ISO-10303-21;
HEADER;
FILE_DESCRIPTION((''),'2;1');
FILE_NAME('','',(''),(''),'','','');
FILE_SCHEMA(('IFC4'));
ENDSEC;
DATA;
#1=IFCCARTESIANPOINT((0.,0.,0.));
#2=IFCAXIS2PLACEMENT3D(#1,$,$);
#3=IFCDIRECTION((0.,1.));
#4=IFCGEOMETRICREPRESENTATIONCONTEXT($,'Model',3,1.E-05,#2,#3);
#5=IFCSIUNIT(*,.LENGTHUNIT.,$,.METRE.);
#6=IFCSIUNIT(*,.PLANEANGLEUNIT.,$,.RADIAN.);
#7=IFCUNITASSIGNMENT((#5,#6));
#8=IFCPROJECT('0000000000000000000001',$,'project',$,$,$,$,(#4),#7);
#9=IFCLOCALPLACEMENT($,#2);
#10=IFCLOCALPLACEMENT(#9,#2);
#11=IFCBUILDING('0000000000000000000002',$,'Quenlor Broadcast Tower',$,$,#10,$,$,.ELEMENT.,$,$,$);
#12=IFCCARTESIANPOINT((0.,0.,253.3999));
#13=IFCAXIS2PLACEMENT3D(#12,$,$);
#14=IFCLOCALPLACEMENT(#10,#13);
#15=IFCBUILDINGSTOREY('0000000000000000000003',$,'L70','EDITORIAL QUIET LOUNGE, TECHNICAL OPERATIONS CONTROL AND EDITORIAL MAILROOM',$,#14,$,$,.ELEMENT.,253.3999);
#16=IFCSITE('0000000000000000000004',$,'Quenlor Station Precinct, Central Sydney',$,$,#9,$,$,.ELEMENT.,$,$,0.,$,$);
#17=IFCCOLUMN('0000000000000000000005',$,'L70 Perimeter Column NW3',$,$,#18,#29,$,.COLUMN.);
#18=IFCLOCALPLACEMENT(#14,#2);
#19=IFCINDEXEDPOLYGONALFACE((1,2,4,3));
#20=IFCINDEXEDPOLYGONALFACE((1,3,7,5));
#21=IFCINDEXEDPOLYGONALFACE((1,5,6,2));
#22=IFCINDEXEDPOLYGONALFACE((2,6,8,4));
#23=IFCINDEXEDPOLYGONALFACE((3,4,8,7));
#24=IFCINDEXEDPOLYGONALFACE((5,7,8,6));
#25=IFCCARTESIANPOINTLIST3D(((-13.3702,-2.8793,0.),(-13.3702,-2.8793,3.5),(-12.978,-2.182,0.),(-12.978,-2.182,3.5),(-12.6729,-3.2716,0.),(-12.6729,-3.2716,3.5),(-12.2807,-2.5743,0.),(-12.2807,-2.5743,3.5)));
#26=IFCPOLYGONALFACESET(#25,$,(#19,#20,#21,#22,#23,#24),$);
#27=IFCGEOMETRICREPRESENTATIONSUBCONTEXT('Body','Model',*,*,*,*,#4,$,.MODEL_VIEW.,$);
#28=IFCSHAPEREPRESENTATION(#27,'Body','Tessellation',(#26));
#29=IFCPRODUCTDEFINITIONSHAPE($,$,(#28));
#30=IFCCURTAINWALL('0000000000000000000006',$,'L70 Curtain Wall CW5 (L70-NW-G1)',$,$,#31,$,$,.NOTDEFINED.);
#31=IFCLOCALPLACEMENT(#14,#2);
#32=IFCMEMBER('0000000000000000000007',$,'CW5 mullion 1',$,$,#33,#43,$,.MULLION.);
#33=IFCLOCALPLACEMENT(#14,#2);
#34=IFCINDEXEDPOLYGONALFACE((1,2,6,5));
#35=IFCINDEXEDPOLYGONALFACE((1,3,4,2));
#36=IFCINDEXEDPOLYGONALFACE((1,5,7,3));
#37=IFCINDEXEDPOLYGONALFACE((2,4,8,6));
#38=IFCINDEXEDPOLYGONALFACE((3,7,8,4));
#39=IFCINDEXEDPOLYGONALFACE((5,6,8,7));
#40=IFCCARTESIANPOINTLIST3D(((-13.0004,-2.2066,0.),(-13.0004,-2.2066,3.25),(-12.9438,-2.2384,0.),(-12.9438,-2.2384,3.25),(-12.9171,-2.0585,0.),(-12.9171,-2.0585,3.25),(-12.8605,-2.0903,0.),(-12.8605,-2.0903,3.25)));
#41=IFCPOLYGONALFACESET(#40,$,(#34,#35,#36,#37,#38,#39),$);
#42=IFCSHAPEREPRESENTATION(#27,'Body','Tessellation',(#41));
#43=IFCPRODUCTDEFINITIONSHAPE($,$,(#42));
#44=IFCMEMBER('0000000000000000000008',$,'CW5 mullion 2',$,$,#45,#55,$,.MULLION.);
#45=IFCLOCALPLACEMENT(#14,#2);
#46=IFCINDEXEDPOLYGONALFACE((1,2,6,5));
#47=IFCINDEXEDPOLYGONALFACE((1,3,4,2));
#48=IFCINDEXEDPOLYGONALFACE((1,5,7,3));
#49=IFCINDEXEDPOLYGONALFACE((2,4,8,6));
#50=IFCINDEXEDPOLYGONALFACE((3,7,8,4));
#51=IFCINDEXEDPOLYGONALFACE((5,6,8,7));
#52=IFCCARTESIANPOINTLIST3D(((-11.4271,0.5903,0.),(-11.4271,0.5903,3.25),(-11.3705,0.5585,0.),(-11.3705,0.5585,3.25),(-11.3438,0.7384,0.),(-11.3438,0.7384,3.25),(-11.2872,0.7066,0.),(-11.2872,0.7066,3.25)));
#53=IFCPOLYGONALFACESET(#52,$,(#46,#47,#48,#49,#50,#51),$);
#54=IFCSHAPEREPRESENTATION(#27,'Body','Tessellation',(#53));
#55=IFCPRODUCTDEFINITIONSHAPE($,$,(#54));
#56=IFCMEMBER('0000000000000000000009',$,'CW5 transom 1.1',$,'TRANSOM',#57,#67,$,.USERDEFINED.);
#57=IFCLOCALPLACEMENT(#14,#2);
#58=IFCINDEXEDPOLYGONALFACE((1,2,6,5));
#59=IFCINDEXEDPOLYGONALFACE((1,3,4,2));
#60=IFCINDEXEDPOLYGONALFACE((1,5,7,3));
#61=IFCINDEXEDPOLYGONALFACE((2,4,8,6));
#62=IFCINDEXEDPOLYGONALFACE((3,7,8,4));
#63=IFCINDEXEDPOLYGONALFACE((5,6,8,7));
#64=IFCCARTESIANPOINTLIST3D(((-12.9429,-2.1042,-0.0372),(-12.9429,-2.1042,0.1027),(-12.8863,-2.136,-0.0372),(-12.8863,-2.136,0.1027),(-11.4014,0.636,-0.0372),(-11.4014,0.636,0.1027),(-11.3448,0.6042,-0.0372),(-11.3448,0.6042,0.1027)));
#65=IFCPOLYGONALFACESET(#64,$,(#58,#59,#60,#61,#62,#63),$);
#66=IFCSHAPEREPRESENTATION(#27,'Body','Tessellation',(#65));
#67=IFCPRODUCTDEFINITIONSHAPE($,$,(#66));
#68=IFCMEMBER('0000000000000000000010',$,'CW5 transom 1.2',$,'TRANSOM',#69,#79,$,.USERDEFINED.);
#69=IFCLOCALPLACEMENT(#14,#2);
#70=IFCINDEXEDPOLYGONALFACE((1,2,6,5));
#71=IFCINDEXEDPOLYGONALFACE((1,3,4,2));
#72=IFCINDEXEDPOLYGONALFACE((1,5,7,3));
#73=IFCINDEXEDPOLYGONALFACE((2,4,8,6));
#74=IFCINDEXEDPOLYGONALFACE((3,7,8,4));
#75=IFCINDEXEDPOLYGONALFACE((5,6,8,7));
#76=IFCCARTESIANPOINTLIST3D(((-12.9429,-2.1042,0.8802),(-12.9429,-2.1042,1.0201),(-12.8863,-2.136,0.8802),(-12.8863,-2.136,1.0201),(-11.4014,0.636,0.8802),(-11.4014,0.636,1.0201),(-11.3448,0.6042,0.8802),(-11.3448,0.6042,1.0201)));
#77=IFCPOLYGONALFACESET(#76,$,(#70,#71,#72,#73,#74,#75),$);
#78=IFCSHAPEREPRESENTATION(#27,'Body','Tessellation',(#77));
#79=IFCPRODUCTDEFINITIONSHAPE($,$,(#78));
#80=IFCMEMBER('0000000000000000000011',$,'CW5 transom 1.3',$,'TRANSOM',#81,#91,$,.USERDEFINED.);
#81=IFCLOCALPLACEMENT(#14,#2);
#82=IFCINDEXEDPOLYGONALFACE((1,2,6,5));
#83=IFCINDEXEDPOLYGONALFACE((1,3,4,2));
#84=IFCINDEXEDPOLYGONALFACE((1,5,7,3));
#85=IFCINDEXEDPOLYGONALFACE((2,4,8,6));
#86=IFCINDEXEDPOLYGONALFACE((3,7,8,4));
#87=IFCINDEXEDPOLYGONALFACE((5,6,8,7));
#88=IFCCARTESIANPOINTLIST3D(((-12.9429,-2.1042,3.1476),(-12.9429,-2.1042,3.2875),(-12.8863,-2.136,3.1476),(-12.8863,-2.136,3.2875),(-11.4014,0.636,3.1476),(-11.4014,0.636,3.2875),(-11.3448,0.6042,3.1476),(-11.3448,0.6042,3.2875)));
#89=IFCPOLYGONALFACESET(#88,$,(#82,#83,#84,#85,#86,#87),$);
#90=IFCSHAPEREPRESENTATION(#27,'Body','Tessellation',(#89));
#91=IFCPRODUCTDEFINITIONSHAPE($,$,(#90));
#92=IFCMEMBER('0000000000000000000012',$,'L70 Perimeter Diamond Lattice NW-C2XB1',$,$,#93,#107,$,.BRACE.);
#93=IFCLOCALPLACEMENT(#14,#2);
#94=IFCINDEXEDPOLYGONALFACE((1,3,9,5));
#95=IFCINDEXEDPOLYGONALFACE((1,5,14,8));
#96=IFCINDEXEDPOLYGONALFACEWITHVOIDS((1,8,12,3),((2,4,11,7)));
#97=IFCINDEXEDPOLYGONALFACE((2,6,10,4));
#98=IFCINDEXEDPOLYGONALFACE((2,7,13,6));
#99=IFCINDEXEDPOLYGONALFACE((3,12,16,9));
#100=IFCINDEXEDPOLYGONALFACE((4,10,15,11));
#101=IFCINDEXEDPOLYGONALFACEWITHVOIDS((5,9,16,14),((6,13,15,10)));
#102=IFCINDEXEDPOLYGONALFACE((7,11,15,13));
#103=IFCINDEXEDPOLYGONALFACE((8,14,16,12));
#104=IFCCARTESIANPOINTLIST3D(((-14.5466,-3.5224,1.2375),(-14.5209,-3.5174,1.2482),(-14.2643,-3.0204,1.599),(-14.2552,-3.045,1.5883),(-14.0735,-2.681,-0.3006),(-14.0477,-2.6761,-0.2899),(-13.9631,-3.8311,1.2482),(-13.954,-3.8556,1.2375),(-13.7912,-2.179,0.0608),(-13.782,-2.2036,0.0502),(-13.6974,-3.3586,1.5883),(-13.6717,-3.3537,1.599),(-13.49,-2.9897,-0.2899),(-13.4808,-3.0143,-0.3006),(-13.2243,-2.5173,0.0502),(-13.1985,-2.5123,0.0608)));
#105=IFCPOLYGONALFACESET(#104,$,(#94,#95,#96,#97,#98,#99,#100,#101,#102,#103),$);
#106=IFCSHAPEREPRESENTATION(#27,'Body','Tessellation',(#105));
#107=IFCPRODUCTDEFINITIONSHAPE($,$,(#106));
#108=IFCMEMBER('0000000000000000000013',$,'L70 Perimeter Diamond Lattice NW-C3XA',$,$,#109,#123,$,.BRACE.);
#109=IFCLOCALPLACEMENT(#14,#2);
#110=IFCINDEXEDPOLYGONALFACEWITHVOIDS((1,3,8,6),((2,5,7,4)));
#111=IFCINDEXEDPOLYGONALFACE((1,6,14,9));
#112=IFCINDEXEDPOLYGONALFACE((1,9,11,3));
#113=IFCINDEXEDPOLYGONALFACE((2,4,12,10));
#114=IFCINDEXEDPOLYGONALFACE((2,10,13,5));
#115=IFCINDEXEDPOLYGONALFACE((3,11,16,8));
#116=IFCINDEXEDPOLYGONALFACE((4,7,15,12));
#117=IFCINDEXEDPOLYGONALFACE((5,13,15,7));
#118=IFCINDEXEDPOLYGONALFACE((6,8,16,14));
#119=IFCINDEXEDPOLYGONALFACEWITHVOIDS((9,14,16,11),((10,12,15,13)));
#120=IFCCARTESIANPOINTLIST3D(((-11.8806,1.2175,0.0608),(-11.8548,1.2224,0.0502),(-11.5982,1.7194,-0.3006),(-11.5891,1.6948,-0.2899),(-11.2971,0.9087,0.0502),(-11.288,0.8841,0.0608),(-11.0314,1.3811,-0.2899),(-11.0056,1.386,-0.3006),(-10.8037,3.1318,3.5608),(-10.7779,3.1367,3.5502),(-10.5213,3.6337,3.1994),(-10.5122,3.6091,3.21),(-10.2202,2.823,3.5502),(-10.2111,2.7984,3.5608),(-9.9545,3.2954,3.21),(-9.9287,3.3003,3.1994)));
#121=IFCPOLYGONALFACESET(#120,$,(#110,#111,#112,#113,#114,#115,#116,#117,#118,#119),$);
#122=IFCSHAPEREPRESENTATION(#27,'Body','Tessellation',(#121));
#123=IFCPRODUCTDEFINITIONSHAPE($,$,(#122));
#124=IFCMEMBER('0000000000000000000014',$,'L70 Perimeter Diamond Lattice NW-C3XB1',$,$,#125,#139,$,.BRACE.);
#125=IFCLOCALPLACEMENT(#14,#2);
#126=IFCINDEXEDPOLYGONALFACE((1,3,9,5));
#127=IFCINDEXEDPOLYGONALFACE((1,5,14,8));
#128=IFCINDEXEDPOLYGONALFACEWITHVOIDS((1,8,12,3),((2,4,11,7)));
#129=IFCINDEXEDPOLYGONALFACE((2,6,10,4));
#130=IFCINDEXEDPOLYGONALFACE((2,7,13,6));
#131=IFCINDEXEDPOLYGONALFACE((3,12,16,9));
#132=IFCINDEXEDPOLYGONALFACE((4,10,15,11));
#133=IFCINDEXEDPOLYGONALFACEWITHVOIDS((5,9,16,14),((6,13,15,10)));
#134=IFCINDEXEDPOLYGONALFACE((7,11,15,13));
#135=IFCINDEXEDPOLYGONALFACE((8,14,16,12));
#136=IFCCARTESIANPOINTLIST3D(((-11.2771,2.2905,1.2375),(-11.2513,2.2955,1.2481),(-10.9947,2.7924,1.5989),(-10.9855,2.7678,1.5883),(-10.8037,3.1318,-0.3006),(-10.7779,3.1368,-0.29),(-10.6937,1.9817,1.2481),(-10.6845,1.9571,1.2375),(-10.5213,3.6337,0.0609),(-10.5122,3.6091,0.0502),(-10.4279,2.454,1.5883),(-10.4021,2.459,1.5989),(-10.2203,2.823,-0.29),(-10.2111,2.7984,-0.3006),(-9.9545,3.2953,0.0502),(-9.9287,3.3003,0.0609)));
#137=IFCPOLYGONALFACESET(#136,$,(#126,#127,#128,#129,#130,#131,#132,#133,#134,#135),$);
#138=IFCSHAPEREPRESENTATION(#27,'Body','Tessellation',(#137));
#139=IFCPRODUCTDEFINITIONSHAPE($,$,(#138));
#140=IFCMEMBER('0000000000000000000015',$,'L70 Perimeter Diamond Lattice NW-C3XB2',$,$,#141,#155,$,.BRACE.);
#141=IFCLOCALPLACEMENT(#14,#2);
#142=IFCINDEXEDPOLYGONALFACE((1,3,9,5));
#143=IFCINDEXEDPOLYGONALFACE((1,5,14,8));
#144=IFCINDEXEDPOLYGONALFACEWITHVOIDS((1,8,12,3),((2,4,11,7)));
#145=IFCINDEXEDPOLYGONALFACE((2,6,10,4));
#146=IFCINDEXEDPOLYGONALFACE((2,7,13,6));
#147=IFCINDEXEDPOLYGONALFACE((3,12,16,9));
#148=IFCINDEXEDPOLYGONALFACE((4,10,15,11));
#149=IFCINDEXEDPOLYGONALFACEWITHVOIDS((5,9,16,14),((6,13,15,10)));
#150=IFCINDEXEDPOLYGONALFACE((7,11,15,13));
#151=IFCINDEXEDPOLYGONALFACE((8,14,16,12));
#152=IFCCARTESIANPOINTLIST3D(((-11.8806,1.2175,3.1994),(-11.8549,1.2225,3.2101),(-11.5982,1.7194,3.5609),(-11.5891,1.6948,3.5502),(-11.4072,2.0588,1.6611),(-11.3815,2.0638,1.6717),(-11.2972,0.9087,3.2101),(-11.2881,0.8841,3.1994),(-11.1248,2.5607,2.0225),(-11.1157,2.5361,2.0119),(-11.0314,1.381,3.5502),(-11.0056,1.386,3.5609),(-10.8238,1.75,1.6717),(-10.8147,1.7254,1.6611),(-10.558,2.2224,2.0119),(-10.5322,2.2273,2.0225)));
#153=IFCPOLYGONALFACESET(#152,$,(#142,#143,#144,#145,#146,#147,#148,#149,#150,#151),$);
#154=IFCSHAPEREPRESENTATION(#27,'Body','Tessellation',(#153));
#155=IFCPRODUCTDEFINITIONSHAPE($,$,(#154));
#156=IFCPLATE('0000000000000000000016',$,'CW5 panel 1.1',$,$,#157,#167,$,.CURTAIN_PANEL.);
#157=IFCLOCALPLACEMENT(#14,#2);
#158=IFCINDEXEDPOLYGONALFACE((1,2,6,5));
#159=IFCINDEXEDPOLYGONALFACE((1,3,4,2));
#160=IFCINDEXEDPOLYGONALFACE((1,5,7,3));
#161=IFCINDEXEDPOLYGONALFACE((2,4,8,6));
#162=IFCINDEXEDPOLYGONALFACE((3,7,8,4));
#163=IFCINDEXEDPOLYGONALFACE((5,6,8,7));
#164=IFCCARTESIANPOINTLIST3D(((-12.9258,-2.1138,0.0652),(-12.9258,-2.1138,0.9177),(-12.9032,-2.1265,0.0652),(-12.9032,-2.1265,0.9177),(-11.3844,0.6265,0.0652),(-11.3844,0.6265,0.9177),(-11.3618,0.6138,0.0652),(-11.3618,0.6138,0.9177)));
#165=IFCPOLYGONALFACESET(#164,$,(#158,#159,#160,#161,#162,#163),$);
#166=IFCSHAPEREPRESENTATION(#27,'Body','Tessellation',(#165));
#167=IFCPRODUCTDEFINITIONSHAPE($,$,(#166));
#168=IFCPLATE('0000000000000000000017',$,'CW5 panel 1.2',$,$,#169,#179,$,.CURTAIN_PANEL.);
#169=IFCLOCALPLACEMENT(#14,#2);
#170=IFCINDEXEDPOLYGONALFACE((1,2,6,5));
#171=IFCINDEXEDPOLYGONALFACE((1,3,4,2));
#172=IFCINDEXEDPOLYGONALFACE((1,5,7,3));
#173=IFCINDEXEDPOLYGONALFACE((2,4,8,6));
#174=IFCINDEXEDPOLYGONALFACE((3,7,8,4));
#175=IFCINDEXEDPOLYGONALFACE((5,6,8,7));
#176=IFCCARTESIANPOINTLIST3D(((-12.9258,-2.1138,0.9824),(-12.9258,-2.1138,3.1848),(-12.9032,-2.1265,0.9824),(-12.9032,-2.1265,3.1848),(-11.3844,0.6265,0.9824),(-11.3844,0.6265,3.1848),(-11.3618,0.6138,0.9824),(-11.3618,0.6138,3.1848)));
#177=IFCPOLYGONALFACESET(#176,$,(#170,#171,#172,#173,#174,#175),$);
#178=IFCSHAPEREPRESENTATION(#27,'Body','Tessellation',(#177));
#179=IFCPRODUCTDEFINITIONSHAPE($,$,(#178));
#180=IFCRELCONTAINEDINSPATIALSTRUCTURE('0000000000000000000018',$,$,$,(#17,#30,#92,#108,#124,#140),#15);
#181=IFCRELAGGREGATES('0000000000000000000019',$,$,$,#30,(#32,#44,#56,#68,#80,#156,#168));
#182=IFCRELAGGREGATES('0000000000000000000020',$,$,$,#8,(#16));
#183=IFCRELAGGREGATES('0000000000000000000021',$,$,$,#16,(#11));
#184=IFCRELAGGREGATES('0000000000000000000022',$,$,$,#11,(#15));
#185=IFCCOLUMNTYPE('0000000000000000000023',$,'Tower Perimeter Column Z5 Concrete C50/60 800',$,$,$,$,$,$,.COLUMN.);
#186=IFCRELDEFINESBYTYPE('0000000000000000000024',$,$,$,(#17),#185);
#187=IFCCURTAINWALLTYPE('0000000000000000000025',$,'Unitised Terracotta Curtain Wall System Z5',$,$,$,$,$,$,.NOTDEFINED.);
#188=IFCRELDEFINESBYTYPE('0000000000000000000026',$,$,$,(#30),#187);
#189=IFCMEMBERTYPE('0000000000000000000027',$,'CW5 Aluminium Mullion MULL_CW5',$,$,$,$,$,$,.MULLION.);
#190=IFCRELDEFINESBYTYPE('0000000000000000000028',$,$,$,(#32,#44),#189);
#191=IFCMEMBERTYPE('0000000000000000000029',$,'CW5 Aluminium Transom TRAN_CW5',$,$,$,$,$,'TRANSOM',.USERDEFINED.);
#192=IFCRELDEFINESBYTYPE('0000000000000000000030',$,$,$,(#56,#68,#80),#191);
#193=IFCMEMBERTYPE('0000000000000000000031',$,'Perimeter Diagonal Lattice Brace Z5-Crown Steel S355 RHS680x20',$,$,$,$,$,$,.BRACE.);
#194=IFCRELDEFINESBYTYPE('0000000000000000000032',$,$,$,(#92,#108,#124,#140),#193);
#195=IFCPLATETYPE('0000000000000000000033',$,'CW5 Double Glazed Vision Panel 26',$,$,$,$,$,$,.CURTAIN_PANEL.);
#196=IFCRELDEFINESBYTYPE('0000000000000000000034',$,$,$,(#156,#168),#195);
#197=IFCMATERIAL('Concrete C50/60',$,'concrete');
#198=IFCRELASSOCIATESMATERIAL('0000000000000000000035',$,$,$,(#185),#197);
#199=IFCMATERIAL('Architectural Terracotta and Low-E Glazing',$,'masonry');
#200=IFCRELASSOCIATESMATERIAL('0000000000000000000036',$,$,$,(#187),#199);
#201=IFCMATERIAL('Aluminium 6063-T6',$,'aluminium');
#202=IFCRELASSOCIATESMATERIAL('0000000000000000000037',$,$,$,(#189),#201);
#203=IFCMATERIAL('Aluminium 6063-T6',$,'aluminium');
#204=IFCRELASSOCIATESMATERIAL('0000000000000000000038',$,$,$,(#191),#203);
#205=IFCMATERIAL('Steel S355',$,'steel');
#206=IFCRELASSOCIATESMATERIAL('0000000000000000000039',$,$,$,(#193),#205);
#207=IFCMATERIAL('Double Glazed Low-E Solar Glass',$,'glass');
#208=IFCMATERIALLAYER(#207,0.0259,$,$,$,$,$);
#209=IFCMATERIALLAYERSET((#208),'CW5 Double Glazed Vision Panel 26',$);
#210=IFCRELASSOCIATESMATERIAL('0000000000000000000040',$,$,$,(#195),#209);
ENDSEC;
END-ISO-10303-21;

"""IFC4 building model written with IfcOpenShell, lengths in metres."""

from ifc_helpers import new_model, si_unit, direction, frame, origin, origin_2d, place, context, subcontext, project, spatial, rectangle, hollow_rectangle, extrude, material, layer, layer_set, material_profile, profile_set, type_object, element, aggregate, save


model = new_model("IFC4")

# Units and contexts
model_context = context("Model", 3, precision=1e-05, world=origin(), true_north=direction((0.0, 1.0)))
body_context = subcontext(model_context, "Body", "Model", "MODEL_VIEW")
ifc_project = project(units=[si_unit("LENGTHUNIT", "METRE"), si_unit("PLANEANGLEUNIT", "RADIAN")], contexts=[model_context])

# Site, building, storey
site_placement = place(None, origin())
site = spatial("IfcSite", under=ifc_project, at=site_placement, Name="Quenlor Station Precinct, Central Sydney", CompositionType="ELEMENT", RefElevation=0.0)
building_placement = place(site_placement, origin())
building = spatial("IfcBuilding", under=site, at=building_placement, Name="Quenlor Broadcast Tower", CompositionType="ELEMENT")
storey_placement = place(building_placement, frame((0.0, 0.0, 253.3999)))
storey = spatial("IfcBuildingStorey", under=building, at=storey_placement, Name="L70", Description="EDITORIAL QUIET LOUNGE, TECHNICAL OPERATIONS CONTROL AND EDITORIAL MAILROOM", CompositionType="ELEMENT", Elevation=253.3999)

# Column
ifc_material_1 = material(Name="Concrete C50/60", Category="concrete")
ifc_material_profile_1 = material_profile(ifc_material_1, rectangle(XDim=0.8, YDim=0.8, at=origin_2d()))
ifc_profile_set_1 = profile_set([ifc_material_profile_1], Name="Concrete C50/60 RC800x800")
column_type = type_object("IfcColumnType", Name="Tower Perimeter Column Z5 Concrete C50/60 800", PredefinedType="COLUMN", material=ifc_profile_set_1)
column_placement = place(storey_placement, frame((-12.8254, -2.7268, 0.0), z_axis=(0.0, 0.0, 1.0), x_axis=(-0.871575, 0.490262, 0.0)))
element("IfcColumn", 1, at=column_placement, inside=storey, type_object=column_type, Name="L70 Perimeter Column NW3", PredefinedType="COLUMN", context=body_context, shape_type="SweptSolid", body=[
    extrude(rectangle(XDim=0.8, YDim=0.8, at=origin_2d()), origin(), (0.0, 0.0, 1.0), 3.5),
])

# Curtain wall, members
ifc_material_2 = material(Name="Architectural Terracotta and Low-E Glazing", Category="masonry")
curtain_wall_type = type_object("IfcCurtainWallType", Name="Unitised Terracotta Curtain Wall System Z5", PredefinedType="NOTDEFINED", material=ifc_material_2)
curtain_wall_placement = place(storey_placement, origin())
curtain_wall = element("IfcCurtainWall", 2, at=curtain_wall_placement, inside=storey, type_object=curtain_wall_type, Name="L70 Curtain Wall CW5 (L70-NW-G1)", PredefinedType="NOTDEFINED")
ifc_material_3 = material(Name="Aluminium 6063-T6", Category="aluminium")
ifc_material_profile_2 = material_profile(ifc_material_3, rectangle(XDim=0.0649, YDim=0.1699, at=origin_2d()))
ifc_profile_set_2 = profile_set([ifc_material_profile_2], Name="Aluminium 6063-T6 MULL65x170")
member_type_1 = type_object("IfcMemberType", Name="CW5 Aluminium Mullion MULL_CW5", PredefinedType="MULLION", material=ifc_profile_set_2)
member_1_placement = place(storey_placement, frame((-12.9304, -2.1484, 0.0), z_axis=(0.0, 0.0, 1.0), x_axis=(-0.871575, 0.490263, 0.0)))
member_1 = element("IfcMember", 3, at=member_1_placement, type_object=member_type_1, Name="CW5 mullion 1", PredefinedType="MULLION", context=body_context, shape_type="SweptSolid", body=[
    extrude(rectangle(XDim=0.0649, YDim=0.1699, at=origin_2d()), origin(), (0.0, 0.0, 1.0), 3.25),
])
member_2_placement = place(storey_placement, frame((-11.3572, 0.6484, 0.0), z_axis=(0.0, 0.0, 1.0), x_axis=(-0.871575, 0.490263, 0.0)))
member_2 = element("IfcMember", 4, at=member_2_placement, type_object=member_type_1, Name="CW5 mullion 2", PredefinedType="MULLION", context=body_context, shape_type="SweptSolid", body=[
    extrude(rectangle(XDim=0.0649, YDim=0.1699, at=origin_2d()), origin(), (0.0, 0.0, 1.0), 3.25),
])
ifc_material_4 = material(Name="Aluminium 6063-T6", Category="aluminium")
ifc_material_profile_3 = material_profile(ifc_material_4, rectangle(XDim=0.0649, YDim=0.1399, at=origin_2d()))
ifc_profile_set_3 = profile_set([ifc_material_profile_3], Name="Aluminium 6063-T6 TRAN65x140")
member_type_2 = type_object("IfcMemberType", Name="CW5 Aluminium Transom TRAN_CW5", ElementType="TRANSOM", PredefinedType="USERDEFINED", material=ifc_profile_set_3)
member_3_placement = place(storey_placement, frame((-12.9146, -2.1201, 0.0327), z_axis=(0.490291, 0.871559, 0.0), x_axis=(-0.871559, 0.490291, 0.0)))
member_3 = element("IfcMember", 5, at=member_3_placement, type_object=member_type_2, Name="CW5 transom 1.1", ObjectType="TRANSOM", PredefinedType="USERDEFINED", context=body_context, shape_type="SweptSolid", body=[
    extrude(rectangle(XDim=0.0649, YDim=0.1399, at=origin_2d()), origin(), (0.0, 0.0, 1.0), 3.144),
])
member_4_placement = place(storey_placement, frame((-12.9146, -2.1201, 0.9502), z_axis=(0.490291, 0.871559, 0.0), x_axis=(-0.871559, 0.490291, 0.0)))
member_4 = element("IfcMember", 6, at=member_4_placement, type_object=member_type_2, Name="CW5 transom 1.2", ObjectType="TRANSOM", PredefinedType="USERDEFINED", context=body_context, shape_type="SweptSolid", body=[
    extrude(rectangle(XDim=0.0649, YDim=0.1399, at=origin_2d()), origin(), (0.0, 0.0, 1.0), 3.144),
])
member_5_placement = place(storey_placement, frame((-12.9146, -2.1201, 3.2175), z_axis=(0.490291, 0.871559, 0.0), x_axis=(-0.871559, 0.490291, 0.0)))
member_5 = element("IfcMember", 7, at=member_5_placement, type_object=member_type_2, Name="CW5 transom 1.3", ObjectType="TRANSOM", PredefinedType="USERDEFINED", context=body_context, shape_type="SweptSolid", body=[
    extrude(rectangle(XDim=0.0649, YDim=0.1399, at=origin_2d()), origin(), (0.0, 0.0, 1.0), 3.144),
])

# Members
ifc_material_5 = material(Name="Steel S355", Category="steel")
ifc_material_profile_4 = material_profile(ifc_material_5, hollow_rectangle(XDim=0.6799, YDim=0.6799, WallThickness=0.02, at=origin_2d()))
ifc_profile_set_4 = profile_set([ifc_material_profile_4], Name="Steel S355 RHS680x680x20")
member_type_3 = type_object("IfcMemberType", Name="Perimeter Diagonal Lattice Brace Z5-Crown Steel S355 RHS680x20", PredefinedType="BRACE", material=ifc_profile_set_4)
member_6_placement = place(storey_placement, frame((-13.636, -2.5967, -0.1199), z_axis=(-0.260561, -0.463309, 0.847025), x_axis=(0.871616, -0.490189, 0.0)))
element("IfcMember", 8, at=member_6_placement, inside=storey, type_object=member_type_3, Name="L70 Perimeter Diamond Lattice NW-C2XB1", PredefinedType="BRACE", context=body_context, shape_type="SweptSolid", body=[
    extrude(hollow_rectangle(XDim=0.6799, YDim=0.6799, WallThickness=0.02, at=origin_2d()), origin(), (0.0, 0.0, 1.0), 1.8159),
])
member_7_placement = place(storey_placement, frame((-11.4431, 1.3018, -0.1199), z_axis=(0.260619, 0.463276, 0.847026), x_axis=(-0.871555, 0.490298, 0.0)))
element("IfcMember", 9, at=member_7_placement, inside=storey, type_object=member_type_3, Name="L70 Perimeter Diamond Lattice NW-C3XA", PredefinedType="BRACE", context=body_context, shape_type="SweptSolid", body=[
    extrude(hollow_rectangle(XDim=0.6799, YDim=0.6799, WallThickness=0.02, at=origin_2d()), origin(), (0.0, 0.0, 1.0), 4.1321),
])
member_8_placement = place(storey_placement, frame((-10.3662, 3.2161, -0.1199), z_axis=(-0.260686, -0.463293, 0.846996), x_axis=(0.871508, -0.490381, 0.0)))
element("IfcMember", 10, at=member_8_placement, inside=storey, type_object=member_type_3, Name="L70 Perimeter Diamond Lattice NW-C3XB1", PredefinedType="BRACE", context=body_context, shape_type="SweptSolid", body=[
    extrude(hollow_rectangle(XDim=0.6799, YDim=0.6799, WallThickness=0.02, at=origin_2d()), origin(), (0.0, 0.0, 1.0), 1.8159),
])
member_9_placement = place(storey_placement, frame((-10.9697, 2.1431, 1.8418), z_axis=(-0.260657, -0.463241, 0.847034), x_axis=(0.871508, -0.490381, 0.0)))
element("IfcMember", 11, at=member_9_placement, inside=storey, type_object=member_type_3, Name="L70 Perimeter Diamond Lattice NW-C3XB2", PredefinedType="BRACE", context=body_context, shape_type="SweptSolid", body=[
    extrude(hollow_rectangle(XDim=0.6799, YDim=0.6799, WallThickness=0.02, at=origin_2d()), origin(), (0.0, 0.0, 1.0), 1.8162),
])

# Plates
ifc_material_6 = material(Name="Double Glazed Low-E Solar Glass", Category="glass")
ifc_layer_1 = layer(ifc_material_6, 0.0259)
ifc_layer_set_1 = layer_set([ifc_layer_1], Name="CW5 Double Glazed Vision Panel 26")
plate_type_1 = type_object("IfcPlateType", Name="CW5 Double Glazed Vision Panel 26", PredefinedType="CURTAIN_PANEL", material=ifc_layer_set_1)
plate_1_placement = place(storey_placement, frame((-12.1438, -0.75, 0.0652), z_axis=(0.0, 0.0, 1.0), x_axis=(0.490263, 0.871575, 0.0)))
plate_1 = element("IfcPlate", 12, at=plate_1_placement, type_object=plate_type_1, Name="CW5 panel 1.1", PredefinedType="CURTAIN_PANEL", context=body_context, shape_type="SweptSolid", body=[
    extrude(rectangle(XDim=3.144, YDim=0.0259, at=origin_2d()), origin(), (0.0, 0.0, 1.0), 0.8525),
])
plate_2_placement = place(storey_placement, frame((-12.1438, -0.75, 0.9824), z_axis=(0.0, 0.0, 1.0), x_axis=(0.490263, 0.871575, 0.0)))
plate_2 = element("IfcPlate", 13, at=plate_2_placement, type_object=plate_type_1, Name="CW5 panel 1.2", PredefinedType="CURTAIN_PANEL", context=body_context, shape_type="SweptSolid", body=[
    extrude(rectangle(XDim=3.144, YDim=0.0259, at=origin_2d()), origin(), (0.0, 0.0, 1.0), 2.2024),
])
aggregate(curtain_wall, [member_1, member_2, member_3, member_4, member_5, plate_1, plate_2])

save(model, "model.ifc")
